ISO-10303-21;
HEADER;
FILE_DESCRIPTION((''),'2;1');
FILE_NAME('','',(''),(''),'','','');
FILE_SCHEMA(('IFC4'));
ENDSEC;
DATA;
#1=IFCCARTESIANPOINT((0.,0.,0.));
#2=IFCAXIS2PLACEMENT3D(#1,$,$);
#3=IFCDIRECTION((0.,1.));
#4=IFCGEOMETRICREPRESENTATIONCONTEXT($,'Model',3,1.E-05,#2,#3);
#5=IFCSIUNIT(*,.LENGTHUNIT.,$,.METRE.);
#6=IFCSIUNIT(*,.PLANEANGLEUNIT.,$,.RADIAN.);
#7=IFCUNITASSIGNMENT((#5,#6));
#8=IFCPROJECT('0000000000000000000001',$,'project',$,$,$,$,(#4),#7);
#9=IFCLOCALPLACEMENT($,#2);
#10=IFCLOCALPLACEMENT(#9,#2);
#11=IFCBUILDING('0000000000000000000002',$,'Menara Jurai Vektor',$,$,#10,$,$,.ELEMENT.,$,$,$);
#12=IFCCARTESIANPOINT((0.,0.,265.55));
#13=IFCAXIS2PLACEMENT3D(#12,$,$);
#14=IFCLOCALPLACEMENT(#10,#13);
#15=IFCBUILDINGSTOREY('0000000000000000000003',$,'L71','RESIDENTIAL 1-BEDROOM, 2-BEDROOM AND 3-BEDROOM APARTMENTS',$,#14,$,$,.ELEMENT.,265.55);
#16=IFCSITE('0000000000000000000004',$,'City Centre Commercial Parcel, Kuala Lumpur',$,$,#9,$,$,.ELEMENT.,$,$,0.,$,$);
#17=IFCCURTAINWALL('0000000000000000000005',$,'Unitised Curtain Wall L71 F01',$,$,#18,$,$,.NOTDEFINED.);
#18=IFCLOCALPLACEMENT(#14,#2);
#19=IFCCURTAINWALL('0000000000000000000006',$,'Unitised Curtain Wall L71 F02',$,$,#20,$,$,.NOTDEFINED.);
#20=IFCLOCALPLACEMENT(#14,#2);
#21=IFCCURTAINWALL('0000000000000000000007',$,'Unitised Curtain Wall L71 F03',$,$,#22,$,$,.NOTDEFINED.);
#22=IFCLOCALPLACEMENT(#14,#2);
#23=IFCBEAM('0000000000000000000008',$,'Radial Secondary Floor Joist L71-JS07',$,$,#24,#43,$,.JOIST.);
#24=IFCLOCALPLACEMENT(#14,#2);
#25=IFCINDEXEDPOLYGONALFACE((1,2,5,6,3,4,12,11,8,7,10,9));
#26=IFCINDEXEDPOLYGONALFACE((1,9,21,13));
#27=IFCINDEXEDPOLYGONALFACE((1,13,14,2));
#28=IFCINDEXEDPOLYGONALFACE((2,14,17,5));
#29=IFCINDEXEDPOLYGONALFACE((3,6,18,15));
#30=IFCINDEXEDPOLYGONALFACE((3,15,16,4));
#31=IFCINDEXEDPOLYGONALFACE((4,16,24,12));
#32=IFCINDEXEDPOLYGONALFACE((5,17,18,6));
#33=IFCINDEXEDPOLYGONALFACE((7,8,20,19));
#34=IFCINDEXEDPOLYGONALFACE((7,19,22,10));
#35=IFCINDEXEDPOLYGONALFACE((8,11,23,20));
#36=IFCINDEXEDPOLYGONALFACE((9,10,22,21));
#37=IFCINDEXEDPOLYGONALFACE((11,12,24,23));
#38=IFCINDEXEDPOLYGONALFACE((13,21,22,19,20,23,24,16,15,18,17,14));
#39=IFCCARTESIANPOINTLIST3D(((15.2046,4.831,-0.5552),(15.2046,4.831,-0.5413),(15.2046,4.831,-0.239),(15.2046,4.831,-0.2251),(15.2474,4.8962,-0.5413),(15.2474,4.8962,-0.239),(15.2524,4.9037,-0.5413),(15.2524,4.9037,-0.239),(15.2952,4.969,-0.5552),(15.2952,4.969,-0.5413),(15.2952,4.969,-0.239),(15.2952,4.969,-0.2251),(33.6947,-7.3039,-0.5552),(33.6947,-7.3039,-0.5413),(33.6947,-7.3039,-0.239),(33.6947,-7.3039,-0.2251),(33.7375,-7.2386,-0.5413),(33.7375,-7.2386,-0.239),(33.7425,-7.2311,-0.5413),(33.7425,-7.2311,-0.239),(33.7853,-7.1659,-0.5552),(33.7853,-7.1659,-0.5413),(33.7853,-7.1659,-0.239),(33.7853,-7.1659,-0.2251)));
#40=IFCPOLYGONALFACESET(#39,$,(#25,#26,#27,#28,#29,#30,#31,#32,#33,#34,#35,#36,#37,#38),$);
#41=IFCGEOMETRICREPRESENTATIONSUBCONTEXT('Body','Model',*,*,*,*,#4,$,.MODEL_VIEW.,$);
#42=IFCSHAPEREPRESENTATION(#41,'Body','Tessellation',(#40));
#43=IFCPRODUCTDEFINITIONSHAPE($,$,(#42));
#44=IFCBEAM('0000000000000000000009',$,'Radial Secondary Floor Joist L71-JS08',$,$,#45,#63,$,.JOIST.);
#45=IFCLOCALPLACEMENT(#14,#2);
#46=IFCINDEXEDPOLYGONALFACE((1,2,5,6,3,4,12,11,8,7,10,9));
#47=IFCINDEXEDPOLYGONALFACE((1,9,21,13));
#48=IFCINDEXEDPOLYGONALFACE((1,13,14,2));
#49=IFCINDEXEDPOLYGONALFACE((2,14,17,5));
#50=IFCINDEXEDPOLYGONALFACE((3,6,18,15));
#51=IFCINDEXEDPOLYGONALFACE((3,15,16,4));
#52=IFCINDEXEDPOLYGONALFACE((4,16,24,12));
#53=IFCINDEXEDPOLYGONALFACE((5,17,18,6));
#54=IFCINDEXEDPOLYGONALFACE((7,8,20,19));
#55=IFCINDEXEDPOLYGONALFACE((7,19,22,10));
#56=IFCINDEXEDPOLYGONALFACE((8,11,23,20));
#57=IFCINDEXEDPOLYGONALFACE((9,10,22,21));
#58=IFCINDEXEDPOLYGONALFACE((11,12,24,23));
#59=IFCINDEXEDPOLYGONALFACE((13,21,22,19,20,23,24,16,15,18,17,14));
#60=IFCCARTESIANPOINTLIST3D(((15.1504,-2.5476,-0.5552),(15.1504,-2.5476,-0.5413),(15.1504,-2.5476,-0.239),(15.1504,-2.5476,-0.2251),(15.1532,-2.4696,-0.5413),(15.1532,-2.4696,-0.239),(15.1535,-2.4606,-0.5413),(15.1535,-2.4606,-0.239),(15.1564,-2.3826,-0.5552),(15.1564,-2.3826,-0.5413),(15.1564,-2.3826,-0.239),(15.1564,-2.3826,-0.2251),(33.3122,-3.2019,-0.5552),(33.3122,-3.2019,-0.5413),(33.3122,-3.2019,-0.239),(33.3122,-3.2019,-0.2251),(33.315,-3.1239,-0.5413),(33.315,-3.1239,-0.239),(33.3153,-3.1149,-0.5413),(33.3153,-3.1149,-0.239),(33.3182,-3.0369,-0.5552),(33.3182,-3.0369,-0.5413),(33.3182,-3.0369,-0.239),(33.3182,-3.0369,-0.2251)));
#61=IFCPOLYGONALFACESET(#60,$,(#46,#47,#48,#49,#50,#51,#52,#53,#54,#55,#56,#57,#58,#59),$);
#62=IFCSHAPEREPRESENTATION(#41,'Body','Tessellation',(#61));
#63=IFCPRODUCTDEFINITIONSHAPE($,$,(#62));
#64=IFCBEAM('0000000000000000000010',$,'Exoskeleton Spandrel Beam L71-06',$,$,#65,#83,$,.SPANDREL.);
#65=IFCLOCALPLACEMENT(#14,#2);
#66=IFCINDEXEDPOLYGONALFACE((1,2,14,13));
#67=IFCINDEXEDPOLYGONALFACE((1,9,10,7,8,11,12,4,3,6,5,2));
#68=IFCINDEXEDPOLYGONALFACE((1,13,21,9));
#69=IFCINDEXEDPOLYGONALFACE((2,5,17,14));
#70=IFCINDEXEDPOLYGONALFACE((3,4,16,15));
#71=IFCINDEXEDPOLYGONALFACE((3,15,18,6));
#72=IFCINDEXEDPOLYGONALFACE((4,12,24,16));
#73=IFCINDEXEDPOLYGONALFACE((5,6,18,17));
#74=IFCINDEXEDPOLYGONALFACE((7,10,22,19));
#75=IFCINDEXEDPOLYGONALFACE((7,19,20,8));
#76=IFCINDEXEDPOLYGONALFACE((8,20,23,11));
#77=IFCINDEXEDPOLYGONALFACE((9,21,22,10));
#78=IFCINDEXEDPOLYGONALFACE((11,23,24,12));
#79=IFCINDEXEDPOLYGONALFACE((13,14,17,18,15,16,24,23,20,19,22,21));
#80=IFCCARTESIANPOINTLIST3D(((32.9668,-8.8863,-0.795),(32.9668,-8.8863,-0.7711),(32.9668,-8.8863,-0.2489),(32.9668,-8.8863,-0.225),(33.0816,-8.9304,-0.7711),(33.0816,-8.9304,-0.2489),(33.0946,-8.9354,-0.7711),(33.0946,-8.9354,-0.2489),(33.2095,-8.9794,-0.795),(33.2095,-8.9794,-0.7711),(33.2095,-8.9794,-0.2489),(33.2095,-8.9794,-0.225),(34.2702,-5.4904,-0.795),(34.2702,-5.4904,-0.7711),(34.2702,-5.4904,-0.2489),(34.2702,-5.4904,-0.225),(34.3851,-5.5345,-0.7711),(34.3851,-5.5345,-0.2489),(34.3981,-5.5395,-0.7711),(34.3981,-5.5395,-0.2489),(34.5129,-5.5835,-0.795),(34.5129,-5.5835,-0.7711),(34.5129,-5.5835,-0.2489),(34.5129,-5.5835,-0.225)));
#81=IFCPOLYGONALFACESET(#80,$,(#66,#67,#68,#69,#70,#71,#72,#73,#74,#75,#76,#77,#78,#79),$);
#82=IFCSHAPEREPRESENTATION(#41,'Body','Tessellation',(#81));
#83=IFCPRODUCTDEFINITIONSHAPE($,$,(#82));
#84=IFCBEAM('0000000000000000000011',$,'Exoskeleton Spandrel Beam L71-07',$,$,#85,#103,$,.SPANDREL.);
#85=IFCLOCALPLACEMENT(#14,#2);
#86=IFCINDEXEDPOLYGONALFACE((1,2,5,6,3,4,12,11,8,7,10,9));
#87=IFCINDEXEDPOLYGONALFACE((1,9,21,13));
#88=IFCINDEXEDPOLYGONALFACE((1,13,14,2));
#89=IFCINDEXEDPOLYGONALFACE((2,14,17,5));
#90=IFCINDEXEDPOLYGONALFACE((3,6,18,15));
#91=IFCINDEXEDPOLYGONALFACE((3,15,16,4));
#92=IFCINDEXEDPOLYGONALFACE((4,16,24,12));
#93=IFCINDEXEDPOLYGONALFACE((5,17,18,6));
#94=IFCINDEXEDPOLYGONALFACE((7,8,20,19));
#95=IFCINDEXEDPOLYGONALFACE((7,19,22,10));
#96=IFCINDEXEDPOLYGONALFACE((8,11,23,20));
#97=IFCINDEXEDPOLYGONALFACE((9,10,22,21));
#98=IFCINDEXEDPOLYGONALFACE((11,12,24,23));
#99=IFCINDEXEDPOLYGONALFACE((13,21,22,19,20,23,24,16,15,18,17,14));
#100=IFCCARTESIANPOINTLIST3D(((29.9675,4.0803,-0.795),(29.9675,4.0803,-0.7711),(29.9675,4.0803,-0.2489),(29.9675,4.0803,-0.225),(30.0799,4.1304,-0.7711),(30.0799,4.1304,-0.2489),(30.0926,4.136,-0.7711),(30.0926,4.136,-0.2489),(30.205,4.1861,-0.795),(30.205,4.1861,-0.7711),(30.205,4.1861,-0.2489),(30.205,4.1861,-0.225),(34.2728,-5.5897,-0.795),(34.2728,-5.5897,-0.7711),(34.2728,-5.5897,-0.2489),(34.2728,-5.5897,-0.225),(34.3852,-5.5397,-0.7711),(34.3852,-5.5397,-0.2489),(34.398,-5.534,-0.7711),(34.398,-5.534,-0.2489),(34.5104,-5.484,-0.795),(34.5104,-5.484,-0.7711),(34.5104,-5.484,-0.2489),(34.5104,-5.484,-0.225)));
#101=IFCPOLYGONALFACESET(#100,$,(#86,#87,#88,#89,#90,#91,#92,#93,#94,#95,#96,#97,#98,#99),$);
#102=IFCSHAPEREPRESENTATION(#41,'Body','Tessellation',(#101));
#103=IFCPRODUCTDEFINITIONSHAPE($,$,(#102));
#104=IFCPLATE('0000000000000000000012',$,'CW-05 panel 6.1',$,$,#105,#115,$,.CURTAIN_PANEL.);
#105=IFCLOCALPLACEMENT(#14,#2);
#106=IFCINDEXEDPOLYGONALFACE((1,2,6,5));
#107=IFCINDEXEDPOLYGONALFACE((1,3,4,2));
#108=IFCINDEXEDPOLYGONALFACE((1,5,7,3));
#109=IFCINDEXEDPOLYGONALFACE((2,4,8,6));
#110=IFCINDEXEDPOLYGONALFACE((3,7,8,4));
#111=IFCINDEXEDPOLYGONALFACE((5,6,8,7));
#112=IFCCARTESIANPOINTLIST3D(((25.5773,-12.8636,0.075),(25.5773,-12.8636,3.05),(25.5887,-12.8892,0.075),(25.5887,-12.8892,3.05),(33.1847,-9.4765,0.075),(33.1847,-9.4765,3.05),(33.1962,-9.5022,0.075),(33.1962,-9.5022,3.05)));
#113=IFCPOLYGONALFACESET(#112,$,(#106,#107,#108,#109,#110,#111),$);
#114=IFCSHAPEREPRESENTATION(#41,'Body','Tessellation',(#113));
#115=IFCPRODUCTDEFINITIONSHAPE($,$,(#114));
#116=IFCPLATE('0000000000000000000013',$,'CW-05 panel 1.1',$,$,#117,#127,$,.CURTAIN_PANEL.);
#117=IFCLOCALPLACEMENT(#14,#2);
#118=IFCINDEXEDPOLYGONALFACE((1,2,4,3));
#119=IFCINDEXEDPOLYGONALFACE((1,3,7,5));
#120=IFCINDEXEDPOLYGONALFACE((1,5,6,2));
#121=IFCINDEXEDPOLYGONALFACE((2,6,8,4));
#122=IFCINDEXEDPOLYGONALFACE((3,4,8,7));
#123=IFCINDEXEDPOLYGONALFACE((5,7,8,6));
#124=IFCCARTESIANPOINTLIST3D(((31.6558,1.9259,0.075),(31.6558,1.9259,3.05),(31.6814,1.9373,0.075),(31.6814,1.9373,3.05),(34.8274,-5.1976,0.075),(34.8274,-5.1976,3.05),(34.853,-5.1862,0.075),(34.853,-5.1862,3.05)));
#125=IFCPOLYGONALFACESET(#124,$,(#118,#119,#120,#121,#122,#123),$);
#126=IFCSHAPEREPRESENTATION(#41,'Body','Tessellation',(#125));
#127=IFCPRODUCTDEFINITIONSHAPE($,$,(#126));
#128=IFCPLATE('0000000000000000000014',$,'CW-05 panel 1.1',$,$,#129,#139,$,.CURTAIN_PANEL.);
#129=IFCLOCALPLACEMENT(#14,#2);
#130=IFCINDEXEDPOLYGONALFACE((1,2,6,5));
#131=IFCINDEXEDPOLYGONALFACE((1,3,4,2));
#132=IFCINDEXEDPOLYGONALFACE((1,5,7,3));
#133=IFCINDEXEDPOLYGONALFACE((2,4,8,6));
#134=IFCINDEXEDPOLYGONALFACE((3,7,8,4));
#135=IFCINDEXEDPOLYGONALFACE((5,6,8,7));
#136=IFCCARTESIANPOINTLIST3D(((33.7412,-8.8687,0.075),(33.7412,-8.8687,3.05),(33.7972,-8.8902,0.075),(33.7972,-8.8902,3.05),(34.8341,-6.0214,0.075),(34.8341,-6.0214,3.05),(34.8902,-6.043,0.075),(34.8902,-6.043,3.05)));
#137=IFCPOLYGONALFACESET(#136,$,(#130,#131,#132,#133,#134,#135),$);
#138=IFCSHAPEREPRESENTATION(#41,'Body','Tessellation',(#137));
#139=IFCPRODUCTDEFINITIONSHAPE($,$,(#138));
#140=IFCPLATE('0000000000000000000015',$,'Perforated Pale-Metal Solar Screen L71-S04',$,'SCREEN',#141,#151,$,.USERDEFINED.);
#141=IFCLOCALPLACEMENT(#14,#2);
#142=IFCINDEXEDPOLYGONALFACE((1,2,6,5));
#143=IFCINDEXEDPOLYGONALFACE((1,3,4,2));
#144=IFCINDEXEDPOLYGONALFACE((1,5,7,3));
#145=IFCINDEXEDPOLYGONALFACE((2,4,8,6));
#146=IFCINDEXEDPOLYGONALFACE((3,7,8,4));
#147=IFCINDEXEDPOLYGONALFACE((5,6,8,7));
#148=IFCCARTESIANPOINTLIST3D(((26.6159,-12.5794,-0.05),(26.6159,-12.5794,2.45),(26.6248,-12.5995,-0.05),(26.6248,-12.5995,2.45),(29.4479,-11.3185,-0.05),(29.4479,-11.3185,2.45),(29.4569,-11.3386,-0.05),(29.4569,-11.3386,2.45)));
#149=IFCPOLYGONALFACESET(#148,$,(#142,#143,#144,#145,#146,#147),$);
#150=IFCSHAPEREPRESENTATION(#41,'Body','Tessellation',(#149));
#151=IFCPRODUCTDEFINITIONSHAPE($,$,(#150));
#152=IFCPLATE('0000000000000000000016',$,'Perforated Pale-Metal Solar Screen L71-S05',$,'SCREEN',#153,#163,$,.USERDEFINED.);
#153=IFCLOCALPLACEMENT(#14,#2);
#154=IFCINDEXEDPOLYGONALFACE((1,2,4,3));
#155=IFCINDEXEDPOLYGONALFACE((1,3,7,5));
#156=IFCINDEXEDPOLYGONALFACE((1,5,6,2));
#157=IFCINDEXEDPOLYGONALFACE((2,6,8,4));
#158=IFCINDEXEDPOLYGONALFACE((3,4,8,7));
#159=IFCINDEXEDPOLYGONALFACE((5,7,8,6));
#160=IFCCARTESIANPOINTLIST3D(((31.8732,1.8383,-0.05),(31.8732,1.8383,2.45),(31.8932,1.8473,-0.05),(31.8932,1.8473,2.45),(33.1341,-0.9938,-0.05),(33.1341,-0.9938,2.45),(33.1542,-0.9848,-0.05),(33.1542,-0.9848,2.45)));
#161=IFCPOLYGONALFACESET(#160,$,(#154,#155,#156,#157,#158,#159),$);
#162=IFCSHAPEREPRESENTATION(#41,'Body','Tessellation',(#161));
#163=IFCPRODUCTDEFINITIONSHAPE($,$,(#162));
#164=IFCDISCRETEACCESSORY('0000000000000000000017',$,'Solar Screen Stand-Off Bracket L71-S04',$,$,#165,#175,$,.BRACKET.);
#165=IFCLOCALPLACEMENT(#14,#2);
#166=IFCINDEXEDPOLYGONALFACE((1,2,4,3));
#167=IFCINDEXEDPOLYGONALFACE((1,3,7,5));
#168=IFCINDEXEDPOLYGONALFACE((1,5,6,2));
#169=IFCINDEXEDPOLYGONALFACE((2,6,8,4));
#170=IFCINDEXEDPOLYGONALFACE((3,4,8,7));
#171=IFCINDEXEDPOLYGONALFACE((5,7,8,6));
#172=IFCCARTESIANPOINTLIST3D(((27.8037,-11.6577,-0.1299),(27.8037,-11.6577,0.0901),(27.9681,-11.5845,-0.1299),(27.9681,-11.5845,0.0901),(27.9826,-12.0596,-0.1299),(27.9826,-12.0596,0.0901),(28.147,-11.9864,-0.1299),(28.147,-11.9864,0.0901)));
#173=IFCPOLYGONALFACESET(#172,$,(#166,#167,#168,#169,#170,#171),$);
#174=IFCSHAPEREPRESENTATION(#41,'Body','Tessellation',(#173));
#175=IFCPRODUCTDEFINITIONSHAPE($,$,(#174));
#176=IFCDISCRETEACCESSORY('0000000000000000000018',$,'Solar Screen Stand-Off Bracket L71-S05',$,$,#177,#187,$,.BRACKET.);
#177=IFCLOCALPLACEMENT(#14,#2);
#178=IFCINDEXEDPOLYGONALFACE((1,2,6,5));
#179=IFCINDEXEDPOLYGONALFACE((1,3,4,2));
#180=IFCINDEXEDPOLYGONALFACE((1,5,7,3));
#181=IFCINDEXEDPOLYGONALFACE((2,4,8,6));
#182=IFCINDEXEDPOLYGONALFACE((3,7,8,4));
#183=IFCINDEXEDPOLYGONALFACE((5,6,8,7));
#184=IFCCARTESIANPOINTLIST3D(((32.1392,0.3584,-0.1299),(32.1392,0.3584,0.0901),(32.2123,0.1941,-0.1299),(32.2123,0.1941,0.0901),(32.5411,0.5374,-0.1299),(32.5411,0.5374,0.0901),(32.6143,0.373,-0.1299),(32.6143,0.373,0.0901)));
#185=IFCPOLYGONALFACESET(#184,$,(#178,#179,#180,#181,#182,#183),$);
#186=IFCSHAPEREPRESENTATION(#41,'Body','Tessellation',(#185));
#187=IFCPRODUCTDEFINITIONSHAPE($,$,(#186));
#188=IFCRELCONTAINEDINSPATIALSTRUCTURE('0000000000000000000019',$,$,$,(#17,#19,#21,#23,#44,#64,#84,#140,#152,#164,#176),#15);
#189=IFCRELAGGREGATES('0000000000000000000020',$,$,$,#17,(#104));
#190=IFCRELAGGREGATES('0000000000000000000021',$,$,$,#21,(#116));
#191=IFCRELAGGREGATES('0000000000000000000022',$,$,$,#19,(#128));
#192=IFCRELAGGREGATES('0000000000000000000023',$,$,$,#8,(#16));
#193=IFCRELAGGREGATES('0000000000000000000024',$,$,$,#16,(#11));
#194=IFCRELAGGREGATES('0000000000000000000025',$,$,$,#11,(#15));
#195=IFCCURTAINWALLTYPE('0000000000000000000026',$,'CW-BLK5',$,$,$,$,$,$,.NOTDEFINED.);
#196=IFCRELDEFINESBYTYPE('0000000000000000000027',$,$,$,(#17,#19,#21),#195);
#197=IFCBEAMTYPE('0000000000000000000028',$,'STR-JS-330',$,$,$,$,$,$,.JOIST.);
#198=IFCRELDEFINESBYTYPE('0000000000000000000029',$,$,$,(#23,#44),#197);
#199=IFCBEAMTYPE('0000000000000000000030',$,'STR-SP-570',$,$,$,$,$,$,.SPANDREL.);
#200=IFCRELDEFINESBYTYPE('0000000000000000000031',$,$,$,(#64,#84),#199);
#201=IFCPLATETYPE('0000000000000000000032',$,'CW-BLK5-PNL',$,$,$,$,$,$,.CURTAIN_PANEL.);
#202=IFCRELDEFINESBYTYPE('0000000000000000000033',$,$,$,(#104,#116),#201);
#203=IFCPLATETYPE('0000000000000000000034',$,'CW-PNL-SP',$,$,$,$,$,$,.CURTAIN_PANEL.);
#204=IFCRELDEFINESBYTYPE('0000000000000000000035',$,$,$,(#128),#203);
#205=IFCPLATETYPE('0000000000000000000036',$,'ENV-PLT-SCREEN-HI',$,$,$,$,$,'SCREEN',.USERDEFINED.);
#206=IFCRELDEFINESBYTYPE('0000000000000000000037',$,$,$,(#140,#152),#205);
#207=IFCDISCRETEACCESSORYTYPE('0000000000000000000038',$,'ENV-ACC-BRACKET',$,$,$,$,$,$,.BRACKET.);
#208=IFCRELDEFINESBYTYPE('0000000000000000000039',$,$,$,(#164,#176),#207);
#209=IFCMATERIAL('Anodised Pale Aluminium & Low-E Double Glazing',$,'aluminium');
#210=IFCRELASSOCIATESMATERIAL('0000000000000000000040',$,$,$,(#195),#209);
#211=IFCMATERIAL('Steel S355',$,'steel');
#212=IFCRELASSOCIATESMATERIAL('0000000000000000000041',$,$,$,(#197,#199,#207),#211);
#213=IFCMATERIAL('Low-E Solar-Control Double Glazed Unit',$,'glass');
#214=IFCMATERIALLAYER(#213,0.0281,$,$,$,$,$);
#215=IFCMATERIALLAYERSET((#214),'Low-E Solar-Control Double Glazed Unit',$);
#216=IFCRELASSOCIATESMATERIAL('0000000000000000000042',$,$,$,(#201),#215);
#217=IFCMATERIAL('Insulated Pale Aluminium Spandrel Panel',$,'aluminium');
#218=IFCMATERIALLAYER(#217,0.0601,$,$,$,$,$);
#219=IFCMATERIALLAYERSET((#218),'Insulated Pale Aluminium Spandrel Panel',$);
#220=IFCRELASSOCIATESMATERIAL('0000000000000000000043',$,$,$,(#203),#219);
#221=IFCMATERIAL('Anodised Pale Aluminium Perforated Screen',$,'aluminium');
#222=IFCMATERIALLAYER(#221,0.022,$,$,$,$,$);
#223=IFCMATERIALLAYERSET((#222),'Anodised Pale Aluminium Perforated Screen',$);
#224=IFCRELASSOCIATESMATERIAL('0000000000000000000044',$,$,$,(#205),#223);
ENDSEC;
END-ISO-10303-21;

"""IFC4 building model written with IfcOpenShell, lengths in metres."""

from ifc_helpers import new_model, si_unit, direction, frame, origin, origin_2d, place, context, subcontext, project, spatial, rectangle, i_section, extrude, material, layer, layer_set, material_profile, profile_set, type_object, element, aggregate, save


model = new_model("IFC4")

# Units and contexts
model_context = context("Model", 3, precision=1e-05, world=origin(), true_north=direction((0.0, 1.0)))
body_context = subcontext(model_context, "Body", "Model", "MODEL_VIEW")
ifc_project = project(units=[si_unit("LENGTHUNIT", "METRE"), si_unit("PLANEANGLEUNIT", "RADIAN")], contexts=[model_context])

# Site, building, storey
site_placement = place(None, origin())
site = spatial("IfcSite", under=ifc_project, at=site_placement, Name="City Centre Commercial Parcel, Kuala Lumpur", CompositionType="ELEMENT", RefElevation=0.0)
building_placement = place(site_placement, origin())
building = spatial("IfcBuilding", under=site, at=building_placement, Name="Menara Jurai Vektor", CompositionType="ELEMENT")
storey_placement = place(building_placement, frame((0.0, 0.0, 265.55)))
storey = spatial("IfcBuildingStorey", under=building, at=storey_placement, Name="L71", Description="RESIDENTIAL 1-BEDROOM, 2-BEDROOM AND 3-BEDROOM APARTMENTS", CompositionType="ELEMENT", Elevation=265.55)

# Curtain walls
ifc_material_1 = material(Name="Anodised Pale Aluminium & Low-E Double Glazing", Category="aluminium")
curtain_wall_type = type_object("IfcCurtainWallType", Name="CW-BLK5", PredefinedType="NOTDEFINED", material=ifc_material_1)
curtain_wall_1_placement = place(storey_placement, origin())
curtain_wall_1 = element("IfcCurtainWall", 1, at=curtain_wall_1_placement, inside=storey, type_object=curtain_wall_type, Name="Unitised Curtain Wall L71 F01", PredefinedType="NOTDEFINED")
curtain_wall_2_placement = place(storey_placement, origin())
curtain_wall_2 = element("IfcCurtainWall", 2, at=curtain_wall_2_placement, inside=storey, type_object=curtain_wall_type, Name="Unitised Curtain Wall L71 F02", PredefinedType="NOTDEFINED")

# Curtain wall
curtain_wall_3_placement = place(storey_placement, origin())
curtain_wall_3 = element("IfcCurtainWall", 3, at=curtain_wall_3_placement, inside=storey, type_object=curtain_wall_type, Name="Unitised Curtain Wall L71 F03", PredefinedType="NOTDEFINED")

# Shared definitions
ifc_material_2 = material(Name="Steel S355", Category="steel")

# Beams
ifc_material_profile_1 = material_profile(ifc_material_2, i_section(OverallWidth=0.165, OverallDepth=0.3301, WebThickness=0.009, FlangeThickness=0.0139, at=origin_2d()), Name="PG 330x165x46")
ifc_profile_set_1 = profile_set([ifc_material_profile_1], Name="Steel S355")
beam_type_1 = type_object("IfcBeamType", Name="STR-JS-330", PredefinedType="JOIST", material=ifc_profile_set_1)
beam_1_placement = place(storey_placement, frame((33.74, -7.2349, -0.3901), z_axis=(-0.836033, 0.548679, 0.0), x_axis=(-0.548679, -0.836033, 0.0)))
element("IfcBeam", 4, at=beam_1_placement, inside=storey, type_object=beam_type_1, Name="Radial Secondary Floor Joist L71-JS07", PredefinedType="JOIST", context=body_context, shape_type="SweptSolid", body=[
    extrude(i_section(OverallWidth=0.165, OverallDepth=0.3301, WebThickness=0.009, FlangeThickness=0.0139, at=origin_2d()), origin(), (0.0, 0.0, 1.0), 22.1165),
])
beam_2_placement = place(storey_placement, frame((33.3152, -3.1194, -0.3901), z_axis=(-0.999352, 0.036003, 0.0), x_axis=(-0.036003, -0.999352, 0.0)))
element("IfcBeam", 5, at=beam_2_placement, inside=storey, type_object=beam_type_1, Name="Radial Secondary Floor Joist L71-JS08", PredefinedType="JOIST", context=body_context, shape_type="SweptSolid", body=[
    extrude(i_section(OverallWidth=0.165, OverallDepth=0.3301, WebThickness=0.009, FlangeThickness=0.0139, at=origin_2d()), origin(), (0.0, 0.0, 1.0), 18.1736),
])
ifc_material_profile_2 = material_profile(ifc_material_2, i_section(OverallWidth=0.26, OverallDepth=0.5701, WebThickness=0.0139, FlangeThickness=0.0239, at=origin_2d()), Name="PG 570x260x145")
ifc_profile_set_2 = profile_set([ifc_material_profile_2], Name="Steel S355")
beam_type_2 = type_object("IfcBeamType", Name="STR-SP-570", PredefinedType="SPANDREL", material=ifc_profile_set_2)
beam_3_placement = place(storey_placement, frame((33.0881, -8.9329, -0.51), z_axis=(0.358336, 0.933593, 0.0), x_axis=(-0.933593, 0.358336, 0.0)))
element("IfcBeam", 6, at=beam_3_placement, inside=storey, type_object=beam_type_2, Name="Exoskeleton Spandrel Beam L71-06", PredefinedType="SPANDREL", context=body_context, shape_type="SweptSolid", body=[
    extrude(i_section(OverallWidth=0.26, OverallDepth=0.5701, WebThickness=0.0139, FlangeThickness=0.0239, at=origin_2d()), origin(), (0.0, 0.0, 1.0), 3.6375),
])
beam_4_placement = place(storey_placement, frame((34.3916, -5.5369, -0.51), z_axis=(-0.406735, 0.913546, 0.0), x_axis=(-0.913546, -0.406735, 0.0)))
element("IfcBeam", 7, at=beam_4_placement, inside=storey, type_object=beam_type_2, Name="Exoskeleton Spandrel Beam L71-07", PredefinedType="SPANDREL", context=body_context, shape_type="SweptSolid", body=[
    extrude(i_section(OverallWidth=0.26, OverallDepth=0.5701, WebThickness=0.0139, FlangeThickness=0.0239, at=origin_2d()), origin(), (0.0, 0.0, 1.0), 10.5852),
])

# Plates
ifc_material_3 = material(Name="Low-E Solar-Control Double Glazed Unit", Category="glass")
ifc_layer_1 = layer(ifc_material_3, 0.0281)
ifc_layer_set_1 = layer_set([ifc_layer_1], Name="Low-E Solar-Control Double Glazed Unit")
plate_type_1 = type_object("IfcPlateType", Name="CW-BLK5-PNL", PredefinedType="CURTAIN_PANEL", material=ifc_layer_set_1)
plate_1_placement = place(storey_placement, frame((29.3867, -11.1829, 0.075), z_axis=(0.0, 0.0, 1.0), x_axis=(0.913546, 0.406735, 0.0)))
plate_1 = element("IfcPlate", 8, at=plate_1_placement, type_object=plate_type_1, Name="CW-05 panel 6.1", PredefinedType="CURTAIN_PANEL", context=body_context, shape_type="SweptSolid", body=[
    extrude(rectangle(XDim=8.3274, YDim=0.0281, at=origin_2d()), origin(), (0.0, 0.0, 1.0), 2.9751),
])
aggregate(curtain_wall_1, [plate_1])
plate_2_placement = place(storey_placement, frame((33.2544, -1.6301, 0.075), z_axis=(0.0, 0.0, 1.0), x_axis=(-0.406735, 0.913546, 0.0)))
plate_2 = element("IfcPlate", 9, at=plate_2_placement, type_object=plate_type_1, Name="CW-05 panel 1.1", PredefinedType="CURTAIN_PANEL", context=body_context, shape_type="SweptSolid", body=[
    extrude(rectangle(XDim=7.7976, YDim=0.0281, at=origin_2d()), origin(), (0.0, 0.0, 1.0), 2.9751),
])
aggregate(curtain_wall_3, [plate_2])
ifc_material_4 = material(Name="Insulated Pale Aluminium Spandrel Panel", Category="aluminium")
ifc_layer_2 = layer(ifc_material_4, 0.0601)
ifc_layer_set_2 = layer_set([ifc_layer_2], Name="Insulated Pale Aluminium Spandrel Panel")
plate_type_2 = type_object("IfcPlateType", Name="CW-PNL-SP", PredefinedType="CURTAIN_PANEL", material=ifc_layer_set_2)
plate_3_placement = place(storey_placement, frame((34.3157, -7.4558, 0.075), z_axis=(0.0, 0.0, 1.0), x_axis=(0.358374, 0.933578, 0.0)))
plate_3 = element("IfcPlate", 10, at=plate_3_placement, type_object=plate_type_2, Name="CW-05 panel 1.1", PredefinedType="CURTAIN_PANEL", context=body_context, shape_type="SweptSolid", body=[
    extrude(rectangle(XDim=3.0498, YDim=0.0601, at=origin_2d()), origin(), (0.0, 0.0, 1.0), 2.9751),
])
aggregate(curtain_wall_2, [plate_3])

# Plates
ifc_material_5 = material(Name="Anodised Pale Aluminium Perforated Screen", Category="aluminium")
ifc_layer_3 = layer(ifc_material_5, 0.022)
ifc_layer_set_3 = layer_set([ifc_layer_3], Name="Anodised Pale Aluminium Perforated Screen")
plate_type_3 = type_object("IfcPlateType", Name="ENV-PLT-SCREEN-HI", ElementType="SCREEN", PredefinedType="USERDEFINED", material=ifc_layer_set_3)
for number, where, z_axis, x_axis, name in (
    (11, (28.0364, -11.959, -0.05), (0.0, 0.0, 1.0), (0.913545, 0.406737, 0.0), "Perforated Pale-Metal Solar Screen L71-S04"),
    (12, (32.5137, 0.4268, -0.05), (0.0, 0.0, 1.0), (-0.406737, 0.913545, 0.0), "Perforated Pale-Metal Solar Screen L71-S05"),
):
    element("IfcPlate", number, at=place(storey_placement, frame(where, z_axis=z_axis, x_axis=x_axis)), inside=storey, type_object=plate_type_3, Name=name, ObjectType="SCREEN", PredefinedType="USERDEFINED", context=body_context, shape_type="SweptSolid", body=[
        extrude(rectangle(XDim=3.1001, YDim=0.022, at=origin_2d()), origin(), (0.0, 0.0, 1.0), 2.5),
    ])

# Discrete accessories
discrete_accessory_type = type_object("IfcDiscreteAccessoryType", Name="ENV-ACC-BRACKET", PredefinedType="BRACKET", material=ifc_material_2)
for number, where, z_axis, x_axis, name in (
    (13, (27.9753, -11.822, -0.1299), (0.0, 0.0, 1.0), (0.913545, 0.406737, 0.0), "Solar Screen Stand-Off Bracket L71-S04"),
    (14, (32.3767, 0.3657, -0.1299), (0.0, 0.0, 1.0), (-0.406737, 0.913545, 0.0), "Solar Screen Stand-Off Bracket L71-S05"),
):
    element("IfcDiscreteAccessory", number, at=place(storey_placement, frame(where, z_axis=z_axis, x_axis=x_axis)), inside=storey, type_object=discrete_accessory_type, Name=name, PredefinedType="BRACKET", context=body_context, shape_type="SweptSolid", body=[
        extrude(rectangle(XDim=0.1799, YDim=0.4399, at=origin_2d()), origin(), (0.0, 0.0, 1.0), 0.22),
    ])

save(model, "model.ifc")
